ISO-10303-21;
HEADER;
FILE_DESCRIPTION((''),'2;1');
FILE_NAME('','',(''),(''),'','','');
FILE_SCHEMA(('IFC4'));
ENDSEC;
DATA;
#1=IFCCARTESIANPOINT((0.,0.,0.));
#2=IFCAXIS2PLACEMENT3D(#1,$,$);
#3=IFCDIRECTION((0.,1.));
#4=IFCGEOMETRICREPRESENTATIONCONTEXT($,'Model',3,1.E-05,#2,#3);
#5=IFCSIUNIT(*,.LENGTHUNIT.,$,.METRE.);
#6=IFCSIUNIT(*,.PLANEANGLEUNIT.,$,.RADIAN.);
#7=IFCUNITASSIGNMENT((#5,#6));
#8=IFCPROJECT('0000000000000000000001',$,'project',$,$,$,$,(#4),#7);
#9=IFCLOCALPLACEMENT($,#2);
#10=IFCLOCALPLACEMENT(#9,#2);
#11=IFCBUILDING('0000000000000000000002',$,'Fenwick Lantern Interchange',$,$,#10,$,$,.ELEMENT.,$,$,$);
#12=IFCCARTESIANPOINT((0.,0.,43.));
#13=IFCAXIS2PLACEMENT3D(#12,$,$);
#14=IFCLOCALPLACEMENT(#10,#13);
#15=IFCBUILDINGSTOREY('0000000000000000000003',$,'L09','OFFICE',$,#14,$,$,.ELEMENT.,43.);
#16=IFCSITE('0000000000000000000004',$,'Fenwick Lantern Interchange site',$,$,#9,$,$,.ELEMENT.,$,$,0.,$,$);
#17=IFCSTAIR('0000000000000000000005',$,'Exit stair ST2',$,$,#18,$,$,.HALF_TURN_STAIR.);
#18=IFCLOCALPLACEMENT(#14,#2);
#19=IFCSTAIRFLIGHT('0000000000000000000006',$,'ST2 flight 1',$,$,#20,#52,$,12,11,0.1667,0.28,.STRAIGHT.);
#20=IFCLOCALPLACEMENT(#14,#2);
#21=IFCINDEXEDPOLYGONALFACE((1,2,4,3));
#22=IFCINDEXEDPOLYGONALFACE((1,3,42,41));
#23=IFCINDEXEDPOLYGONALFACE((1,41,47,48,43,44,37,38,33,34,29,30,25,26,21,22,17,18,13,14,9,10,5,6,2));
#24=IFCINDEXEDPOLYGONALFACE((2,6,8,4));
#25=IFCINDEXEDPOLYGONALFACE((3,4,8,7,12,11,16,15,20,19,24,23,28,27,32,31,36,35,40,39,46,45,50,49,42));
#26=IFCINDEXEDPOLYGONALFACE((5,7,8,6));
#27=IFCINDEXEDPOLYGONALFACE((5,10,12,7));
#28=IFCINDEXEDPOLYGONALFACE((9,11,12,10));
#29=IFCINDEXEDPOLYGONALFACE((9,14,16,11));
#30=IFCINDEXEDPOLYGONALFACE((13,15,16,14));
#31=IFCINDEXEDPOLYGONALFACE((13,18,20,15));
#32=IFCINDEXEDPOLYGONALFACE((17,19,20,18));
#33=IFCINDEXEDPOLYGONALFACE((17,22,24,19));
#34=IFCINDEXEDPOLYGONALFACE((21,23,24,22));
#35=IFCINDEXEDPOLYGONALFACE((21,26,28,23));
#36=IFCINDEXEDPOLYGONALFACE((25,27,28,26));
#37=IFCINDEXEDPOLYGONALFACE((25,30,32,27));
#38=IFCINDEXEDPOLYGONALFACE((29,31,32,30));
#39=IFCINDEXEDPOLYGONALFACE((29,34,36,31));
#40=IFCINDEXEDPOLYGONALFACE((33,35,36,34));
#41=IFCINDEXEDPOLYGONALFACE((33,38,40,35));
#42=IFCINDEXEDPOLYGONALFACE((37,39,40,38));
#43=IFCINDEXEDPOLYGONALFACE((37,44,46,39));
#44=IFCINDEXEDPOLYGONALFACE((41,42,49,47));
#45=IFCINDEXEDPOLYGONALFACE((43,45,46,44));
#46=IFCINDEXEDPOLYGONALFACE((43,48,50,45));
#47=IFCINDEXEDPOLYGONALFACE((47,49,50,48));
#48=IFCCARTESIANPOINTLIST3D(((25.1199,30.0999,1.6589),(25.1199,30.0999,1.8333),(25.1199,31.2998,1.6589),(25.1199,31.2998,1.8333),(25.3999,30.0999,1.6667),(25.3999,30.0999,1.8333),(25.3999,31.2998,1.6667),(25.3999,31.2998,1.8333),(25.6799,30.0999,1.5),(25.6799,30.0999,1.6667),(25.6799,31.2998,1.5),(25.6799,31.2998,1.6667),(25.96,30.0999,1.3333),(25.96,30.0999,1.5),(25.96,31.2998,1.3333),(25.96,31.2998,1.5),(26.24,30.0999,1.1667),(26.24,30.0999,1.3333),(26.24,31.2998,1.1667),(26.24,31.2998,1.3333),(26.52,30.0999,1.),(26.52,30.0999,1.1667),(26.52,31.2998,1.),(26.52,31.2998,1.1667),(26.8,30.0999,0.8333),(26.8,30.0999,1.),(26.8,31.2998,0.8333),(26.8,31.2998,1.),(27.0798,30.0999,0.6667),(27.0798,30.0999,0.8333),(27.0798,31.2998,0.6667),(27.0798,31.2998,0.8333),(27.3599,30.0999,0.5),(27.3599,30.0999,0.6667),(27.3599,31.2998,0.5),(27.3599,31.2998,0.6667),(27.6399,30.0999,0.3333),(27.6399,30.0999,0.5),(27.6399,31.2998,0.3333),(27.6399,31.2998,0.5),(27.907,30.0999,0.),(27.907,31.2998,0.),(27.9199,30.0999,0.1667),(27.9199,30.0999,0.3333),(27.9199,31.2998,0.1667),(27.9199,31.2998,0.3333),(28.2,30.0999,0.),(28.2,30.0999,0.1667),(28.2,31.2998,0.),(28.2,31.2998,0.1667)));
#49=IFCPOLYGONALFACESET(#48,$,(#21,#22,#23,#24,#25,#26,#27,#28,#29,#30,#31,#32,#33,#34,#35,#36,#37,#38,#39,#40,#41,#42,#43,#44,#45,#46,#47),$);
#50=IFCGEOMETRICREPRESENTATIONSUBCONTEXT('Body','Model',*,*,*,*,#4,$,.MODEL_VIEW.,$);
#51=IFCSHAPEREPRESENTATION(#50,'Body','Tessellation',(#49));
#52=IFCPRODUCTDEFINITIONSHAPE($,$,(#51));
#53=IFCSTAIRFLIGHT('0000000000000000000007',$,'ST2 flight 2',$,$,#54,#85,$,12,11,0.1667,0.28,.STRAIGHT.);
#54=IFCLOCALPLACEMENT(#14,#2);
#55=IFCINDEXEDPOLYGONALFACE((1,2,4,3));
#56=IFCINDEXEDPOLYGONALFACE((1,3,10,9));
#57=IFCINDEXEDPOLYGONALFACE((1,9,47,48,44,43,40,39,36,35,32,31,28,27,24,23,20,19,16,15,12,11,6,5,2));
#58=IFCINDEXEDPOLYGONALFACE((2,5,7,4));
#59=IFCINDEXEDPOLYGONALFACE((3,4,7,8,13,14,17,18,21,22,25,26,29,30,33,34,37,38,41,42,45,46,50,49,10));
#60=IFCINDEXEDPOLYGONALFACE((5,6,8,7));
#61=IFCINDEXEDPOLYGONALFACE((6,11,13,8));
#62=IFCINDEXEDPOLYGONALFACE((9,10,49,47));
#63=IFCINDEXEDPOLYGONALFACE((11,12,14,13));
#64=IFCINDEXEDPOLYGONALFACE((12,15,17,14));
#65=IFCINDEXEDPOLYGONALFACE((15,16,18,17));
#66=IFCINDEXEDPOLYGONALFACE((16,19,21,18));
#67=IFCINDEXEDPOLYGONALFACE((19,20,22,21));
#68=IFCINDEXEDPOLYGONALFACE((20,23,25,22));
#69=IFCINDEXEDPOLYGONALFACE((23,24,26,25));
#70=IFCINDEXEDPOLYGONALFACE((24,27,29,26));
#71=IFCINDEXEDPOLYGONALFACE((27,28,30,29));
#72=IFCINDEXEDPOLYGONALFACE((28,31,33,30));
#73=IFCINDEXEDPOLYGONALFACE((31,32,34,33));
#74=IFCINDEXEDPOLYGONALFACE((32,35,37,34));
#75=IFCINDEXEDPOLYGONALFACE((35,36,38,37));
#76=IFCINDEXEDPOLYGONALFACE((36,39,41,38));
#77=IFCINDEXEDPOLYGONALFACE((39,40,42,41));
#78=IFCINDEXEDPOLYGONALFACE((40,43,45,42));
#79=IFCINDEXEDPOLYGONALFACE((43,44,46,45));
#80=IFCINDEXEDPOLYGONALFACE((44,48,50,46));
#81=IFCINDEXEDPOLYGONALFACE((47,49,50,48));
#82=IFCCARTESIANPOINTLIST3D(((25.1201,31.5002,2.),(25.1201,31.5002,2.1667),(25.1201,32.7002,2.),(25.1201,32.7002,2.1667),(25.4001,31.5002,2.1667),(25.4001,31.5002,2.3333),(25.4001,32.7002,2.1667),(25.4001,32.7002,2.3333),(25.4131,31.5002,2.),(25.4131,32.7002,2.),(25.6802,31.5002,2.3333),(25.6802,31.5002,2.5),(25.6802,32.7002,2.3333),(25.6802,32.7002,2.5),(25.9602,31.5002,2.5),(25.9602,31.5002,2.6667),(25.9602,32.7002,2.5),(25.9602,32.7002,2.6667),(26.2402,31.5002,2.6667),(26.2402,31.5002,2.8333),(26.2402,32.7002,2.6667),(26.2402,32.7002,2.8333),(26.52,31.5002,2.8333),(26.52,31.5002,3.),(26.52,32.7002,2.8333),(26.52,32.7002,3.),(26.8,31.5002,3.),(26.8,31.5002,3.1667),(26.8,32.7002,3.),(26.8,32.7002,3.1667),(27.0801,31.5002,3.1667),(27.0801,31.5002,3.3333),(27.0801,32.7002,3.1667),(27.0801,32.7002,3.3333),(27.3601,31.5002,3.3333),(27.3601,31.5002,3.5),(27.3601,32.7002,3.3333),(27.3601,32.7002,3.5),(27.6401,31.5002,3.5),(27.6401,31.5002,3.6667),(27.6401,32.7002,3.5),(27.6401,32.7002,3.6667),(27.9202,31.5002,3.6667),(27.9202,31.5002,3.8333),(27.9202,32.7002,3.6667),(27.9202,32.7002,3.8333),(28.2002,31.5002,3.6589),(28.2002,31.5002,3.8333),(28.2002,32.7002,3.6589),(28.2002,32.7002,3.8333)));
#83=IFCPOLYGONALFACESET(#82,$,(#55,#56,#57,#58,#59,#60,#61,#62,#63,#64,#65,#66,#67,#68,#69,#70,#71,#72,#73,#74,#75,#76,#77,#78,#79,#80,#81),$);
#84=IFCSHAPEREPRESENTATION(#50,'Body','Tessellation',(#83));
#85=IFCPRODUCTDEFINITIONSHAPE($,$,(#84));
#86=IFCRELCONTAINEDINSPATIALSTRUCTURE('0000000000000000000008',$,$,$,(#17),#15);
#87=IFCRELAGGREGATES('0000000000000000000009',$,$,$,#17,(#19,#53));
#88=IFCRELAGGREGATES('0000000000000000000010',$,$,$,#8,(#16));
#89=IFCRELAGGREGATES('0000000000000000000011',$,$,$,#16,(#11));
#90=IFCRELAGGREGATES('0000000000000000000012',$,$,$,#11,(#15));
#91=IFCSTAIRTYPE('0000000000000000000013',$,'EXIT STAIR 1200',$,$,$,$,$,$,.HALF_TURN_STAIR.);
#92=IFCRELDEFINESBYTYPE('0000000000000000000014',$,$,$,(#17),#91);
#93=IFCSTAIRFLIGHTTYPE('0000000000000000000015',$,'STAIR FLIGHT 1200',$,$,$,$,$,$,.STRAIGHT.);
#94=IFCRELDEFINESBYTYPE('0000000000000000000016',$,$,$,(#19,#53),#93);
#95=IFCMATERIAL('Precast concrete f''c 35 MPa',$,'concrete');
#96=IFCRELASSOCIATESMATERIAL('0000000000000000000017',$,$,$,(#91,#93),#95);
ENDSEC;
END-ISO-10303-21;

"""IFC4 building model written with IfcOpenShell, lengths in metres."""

from ifc_helpers import new_model, si_unit, direction, frame, origin, place, context, subcontext, project, spatial, polyline, outline, extrude, material, type_object, element, aggregate, save


model = new_model("IFC4")

# Units and contexts
model_context = context("Model", 3, precision=1e-05, world=origin(), true_north=direction((0.0, 1.0)))
body_context = subcontext(model_context, "Body", "Model", "MODEL_VIEW")
ifc_project = project(units=[si_unit("LENGTHUNIT", "METRE"), si_unit("PLANEANGLEUNIT", "RADIAN")], contexts=[model_context])

# Site, building, storey
site_placement = place(None, origin())
site = spatial("IfcSite", under=ifc_project, at=site_placement, Name="Fenwick Lantern Interchange site", CompositionType="ELEMENT", RefElevation=0.0)
building_placement = place(site_placement, origin())
building = spatial("IfcBuilding", under=site, at=building_placement, Name="Fenwick Lantern Interchange", CompositionType="ELEMENT")
storey_placement = place(building_placement, frame((0.0, 0.0, 43.0)))
storey = spatial("IfcBuildingStorey", under=building, at=storey_placement, Name="L09", Description="OFFICE", CompositionType="ELEMENT", Elevation=43.0)

# Stair, stair flights
ifc_material_1 = material(Name="Precast concrete f'c 35 MPa", Category="concrete")
stair_type = type_object("IfcStairType", Name="EXIT STAIR 1200", PredefinedType="HALF_TURN_STAIR", material=ifc_material_1)
stair_placement = place(storey_placement, origin())
stair = element("IfcStair", 1, at=stair_placement, inside=storey, type_object=stair_type, Name="Exit stair ST2", PredefinedType="HALF_TURN_STAIR")
stair_flight_type = type_object("IfcStairFlightType", Name="STAIR FLIGHT 1200", PredefinedType="STRAIGHT", material=ifc_material_1)
stair_flight_1_placement = place(storey_placement, frame((28.2, 30.7, 0.0), z_axis=(0.0, 0.0, 1.0), x_axis=(-1.0, 0.0, 0.0)))
stair_flight_1 = element("IfcStairFlight", 2, at=stair_flight_1_placement, type_object=stair_flight_type, Name="ST2 flight 1", NumberOfRisers=12, NumberOfTreads=11, PredefinedType="STRAIGHT", RiserHeight=0.1667, TreadLength=0.28, context=body_context, shape_type="SweptSolid", body=[
    extrude(outline(polyline([(0.0, 0.0), (0.0, 0.1667), (0.28, 0.1667), (0.28, 0.3333), (0.5601, 0.3333), (0.5601, 0.5), (0.8401, 0.5), (0.8401, 0.6667), (1.1201, 0.6667), (1.1201, 0.8333), (1.3999, 0.8333), (1.3999, 1.0), (1.6799, 1.0), (1.6799, 1.1667), (1.96, 1.1667), (1.96, 1.3333), (2.24, 1.3333), (2.24, 1.5), (2.52, 1.5), (2.52, 1.6667), (2.8, 1.6667), (2.8, 1.8333), (3.0801, 1.8333), (3.0801, 2.0), (3.0801, 1.6589), (0.293, 0.0), (0.0, 0.0)])), frame((0.0, 0.6001, 0.0), z_axis=(0.0, -1.0, 0.0), x_axis=(1.0, 0.0, 0.0)), (0.0, 0.0, 1.0), 1.2),
])
stair_flight_2_placement = place(storey_placement, frame((25.1201, 32.1001, 2.0), z_axis=(0.0, 0.0, 1.0), x_axis=(1.0, 0.0, 0.0)))
stair_flight_2 = element("IfcStairFlight", 3, at=stair_flight_2_placement, type_object=stair_flight_type, Name="ST2 flight 2", NumberOfRisers=12, NumberOfTreads=11, PredefinedType="STRAIGHT", RiserHeight=0.1667, TreadLength=0.28, context=body_context, shape_type="SweptSolid", body=[
    extrude(outline(polyline([(0.0, 0.0), (0.0, 0.1667), (0.28, 0.1667), (0.28, 0.3333), (0.5601, 0.3333), (0.5601, 0.5), (0.8401, 0.5), (0.8401, 0.6667), (1.1201, 0.6667), (1.1201, 0.8333), (1.3999, 0.8333), (1.3999, 1.0), (1.6799, 1.0), (1.6799, 1.1667), (1.96, 1.1667), (1.96, 1.3333), (2.24, 1.3333), (2.24, 1.5), (2.52, 1.5), (2.52, 1.6667), (2.8, 1.6667), (2.8, 1.8333), (3.0801, 1.8333), (3.0801, 2.0), (3.0801, 1.6589), (0.293, 0.0), (0.0, 0.0)])), frame((0.0, 0.6001, 0.0), z_axis=(0.0, -1.0, 0.0), x_axis=(1.0, 0.0, 0.0)), (0.0, 0.0, 1.0), 1.2),
])
aggregate(stair, [stair_flight_1, stair_flight_2])

save(model, "model.ifc")
